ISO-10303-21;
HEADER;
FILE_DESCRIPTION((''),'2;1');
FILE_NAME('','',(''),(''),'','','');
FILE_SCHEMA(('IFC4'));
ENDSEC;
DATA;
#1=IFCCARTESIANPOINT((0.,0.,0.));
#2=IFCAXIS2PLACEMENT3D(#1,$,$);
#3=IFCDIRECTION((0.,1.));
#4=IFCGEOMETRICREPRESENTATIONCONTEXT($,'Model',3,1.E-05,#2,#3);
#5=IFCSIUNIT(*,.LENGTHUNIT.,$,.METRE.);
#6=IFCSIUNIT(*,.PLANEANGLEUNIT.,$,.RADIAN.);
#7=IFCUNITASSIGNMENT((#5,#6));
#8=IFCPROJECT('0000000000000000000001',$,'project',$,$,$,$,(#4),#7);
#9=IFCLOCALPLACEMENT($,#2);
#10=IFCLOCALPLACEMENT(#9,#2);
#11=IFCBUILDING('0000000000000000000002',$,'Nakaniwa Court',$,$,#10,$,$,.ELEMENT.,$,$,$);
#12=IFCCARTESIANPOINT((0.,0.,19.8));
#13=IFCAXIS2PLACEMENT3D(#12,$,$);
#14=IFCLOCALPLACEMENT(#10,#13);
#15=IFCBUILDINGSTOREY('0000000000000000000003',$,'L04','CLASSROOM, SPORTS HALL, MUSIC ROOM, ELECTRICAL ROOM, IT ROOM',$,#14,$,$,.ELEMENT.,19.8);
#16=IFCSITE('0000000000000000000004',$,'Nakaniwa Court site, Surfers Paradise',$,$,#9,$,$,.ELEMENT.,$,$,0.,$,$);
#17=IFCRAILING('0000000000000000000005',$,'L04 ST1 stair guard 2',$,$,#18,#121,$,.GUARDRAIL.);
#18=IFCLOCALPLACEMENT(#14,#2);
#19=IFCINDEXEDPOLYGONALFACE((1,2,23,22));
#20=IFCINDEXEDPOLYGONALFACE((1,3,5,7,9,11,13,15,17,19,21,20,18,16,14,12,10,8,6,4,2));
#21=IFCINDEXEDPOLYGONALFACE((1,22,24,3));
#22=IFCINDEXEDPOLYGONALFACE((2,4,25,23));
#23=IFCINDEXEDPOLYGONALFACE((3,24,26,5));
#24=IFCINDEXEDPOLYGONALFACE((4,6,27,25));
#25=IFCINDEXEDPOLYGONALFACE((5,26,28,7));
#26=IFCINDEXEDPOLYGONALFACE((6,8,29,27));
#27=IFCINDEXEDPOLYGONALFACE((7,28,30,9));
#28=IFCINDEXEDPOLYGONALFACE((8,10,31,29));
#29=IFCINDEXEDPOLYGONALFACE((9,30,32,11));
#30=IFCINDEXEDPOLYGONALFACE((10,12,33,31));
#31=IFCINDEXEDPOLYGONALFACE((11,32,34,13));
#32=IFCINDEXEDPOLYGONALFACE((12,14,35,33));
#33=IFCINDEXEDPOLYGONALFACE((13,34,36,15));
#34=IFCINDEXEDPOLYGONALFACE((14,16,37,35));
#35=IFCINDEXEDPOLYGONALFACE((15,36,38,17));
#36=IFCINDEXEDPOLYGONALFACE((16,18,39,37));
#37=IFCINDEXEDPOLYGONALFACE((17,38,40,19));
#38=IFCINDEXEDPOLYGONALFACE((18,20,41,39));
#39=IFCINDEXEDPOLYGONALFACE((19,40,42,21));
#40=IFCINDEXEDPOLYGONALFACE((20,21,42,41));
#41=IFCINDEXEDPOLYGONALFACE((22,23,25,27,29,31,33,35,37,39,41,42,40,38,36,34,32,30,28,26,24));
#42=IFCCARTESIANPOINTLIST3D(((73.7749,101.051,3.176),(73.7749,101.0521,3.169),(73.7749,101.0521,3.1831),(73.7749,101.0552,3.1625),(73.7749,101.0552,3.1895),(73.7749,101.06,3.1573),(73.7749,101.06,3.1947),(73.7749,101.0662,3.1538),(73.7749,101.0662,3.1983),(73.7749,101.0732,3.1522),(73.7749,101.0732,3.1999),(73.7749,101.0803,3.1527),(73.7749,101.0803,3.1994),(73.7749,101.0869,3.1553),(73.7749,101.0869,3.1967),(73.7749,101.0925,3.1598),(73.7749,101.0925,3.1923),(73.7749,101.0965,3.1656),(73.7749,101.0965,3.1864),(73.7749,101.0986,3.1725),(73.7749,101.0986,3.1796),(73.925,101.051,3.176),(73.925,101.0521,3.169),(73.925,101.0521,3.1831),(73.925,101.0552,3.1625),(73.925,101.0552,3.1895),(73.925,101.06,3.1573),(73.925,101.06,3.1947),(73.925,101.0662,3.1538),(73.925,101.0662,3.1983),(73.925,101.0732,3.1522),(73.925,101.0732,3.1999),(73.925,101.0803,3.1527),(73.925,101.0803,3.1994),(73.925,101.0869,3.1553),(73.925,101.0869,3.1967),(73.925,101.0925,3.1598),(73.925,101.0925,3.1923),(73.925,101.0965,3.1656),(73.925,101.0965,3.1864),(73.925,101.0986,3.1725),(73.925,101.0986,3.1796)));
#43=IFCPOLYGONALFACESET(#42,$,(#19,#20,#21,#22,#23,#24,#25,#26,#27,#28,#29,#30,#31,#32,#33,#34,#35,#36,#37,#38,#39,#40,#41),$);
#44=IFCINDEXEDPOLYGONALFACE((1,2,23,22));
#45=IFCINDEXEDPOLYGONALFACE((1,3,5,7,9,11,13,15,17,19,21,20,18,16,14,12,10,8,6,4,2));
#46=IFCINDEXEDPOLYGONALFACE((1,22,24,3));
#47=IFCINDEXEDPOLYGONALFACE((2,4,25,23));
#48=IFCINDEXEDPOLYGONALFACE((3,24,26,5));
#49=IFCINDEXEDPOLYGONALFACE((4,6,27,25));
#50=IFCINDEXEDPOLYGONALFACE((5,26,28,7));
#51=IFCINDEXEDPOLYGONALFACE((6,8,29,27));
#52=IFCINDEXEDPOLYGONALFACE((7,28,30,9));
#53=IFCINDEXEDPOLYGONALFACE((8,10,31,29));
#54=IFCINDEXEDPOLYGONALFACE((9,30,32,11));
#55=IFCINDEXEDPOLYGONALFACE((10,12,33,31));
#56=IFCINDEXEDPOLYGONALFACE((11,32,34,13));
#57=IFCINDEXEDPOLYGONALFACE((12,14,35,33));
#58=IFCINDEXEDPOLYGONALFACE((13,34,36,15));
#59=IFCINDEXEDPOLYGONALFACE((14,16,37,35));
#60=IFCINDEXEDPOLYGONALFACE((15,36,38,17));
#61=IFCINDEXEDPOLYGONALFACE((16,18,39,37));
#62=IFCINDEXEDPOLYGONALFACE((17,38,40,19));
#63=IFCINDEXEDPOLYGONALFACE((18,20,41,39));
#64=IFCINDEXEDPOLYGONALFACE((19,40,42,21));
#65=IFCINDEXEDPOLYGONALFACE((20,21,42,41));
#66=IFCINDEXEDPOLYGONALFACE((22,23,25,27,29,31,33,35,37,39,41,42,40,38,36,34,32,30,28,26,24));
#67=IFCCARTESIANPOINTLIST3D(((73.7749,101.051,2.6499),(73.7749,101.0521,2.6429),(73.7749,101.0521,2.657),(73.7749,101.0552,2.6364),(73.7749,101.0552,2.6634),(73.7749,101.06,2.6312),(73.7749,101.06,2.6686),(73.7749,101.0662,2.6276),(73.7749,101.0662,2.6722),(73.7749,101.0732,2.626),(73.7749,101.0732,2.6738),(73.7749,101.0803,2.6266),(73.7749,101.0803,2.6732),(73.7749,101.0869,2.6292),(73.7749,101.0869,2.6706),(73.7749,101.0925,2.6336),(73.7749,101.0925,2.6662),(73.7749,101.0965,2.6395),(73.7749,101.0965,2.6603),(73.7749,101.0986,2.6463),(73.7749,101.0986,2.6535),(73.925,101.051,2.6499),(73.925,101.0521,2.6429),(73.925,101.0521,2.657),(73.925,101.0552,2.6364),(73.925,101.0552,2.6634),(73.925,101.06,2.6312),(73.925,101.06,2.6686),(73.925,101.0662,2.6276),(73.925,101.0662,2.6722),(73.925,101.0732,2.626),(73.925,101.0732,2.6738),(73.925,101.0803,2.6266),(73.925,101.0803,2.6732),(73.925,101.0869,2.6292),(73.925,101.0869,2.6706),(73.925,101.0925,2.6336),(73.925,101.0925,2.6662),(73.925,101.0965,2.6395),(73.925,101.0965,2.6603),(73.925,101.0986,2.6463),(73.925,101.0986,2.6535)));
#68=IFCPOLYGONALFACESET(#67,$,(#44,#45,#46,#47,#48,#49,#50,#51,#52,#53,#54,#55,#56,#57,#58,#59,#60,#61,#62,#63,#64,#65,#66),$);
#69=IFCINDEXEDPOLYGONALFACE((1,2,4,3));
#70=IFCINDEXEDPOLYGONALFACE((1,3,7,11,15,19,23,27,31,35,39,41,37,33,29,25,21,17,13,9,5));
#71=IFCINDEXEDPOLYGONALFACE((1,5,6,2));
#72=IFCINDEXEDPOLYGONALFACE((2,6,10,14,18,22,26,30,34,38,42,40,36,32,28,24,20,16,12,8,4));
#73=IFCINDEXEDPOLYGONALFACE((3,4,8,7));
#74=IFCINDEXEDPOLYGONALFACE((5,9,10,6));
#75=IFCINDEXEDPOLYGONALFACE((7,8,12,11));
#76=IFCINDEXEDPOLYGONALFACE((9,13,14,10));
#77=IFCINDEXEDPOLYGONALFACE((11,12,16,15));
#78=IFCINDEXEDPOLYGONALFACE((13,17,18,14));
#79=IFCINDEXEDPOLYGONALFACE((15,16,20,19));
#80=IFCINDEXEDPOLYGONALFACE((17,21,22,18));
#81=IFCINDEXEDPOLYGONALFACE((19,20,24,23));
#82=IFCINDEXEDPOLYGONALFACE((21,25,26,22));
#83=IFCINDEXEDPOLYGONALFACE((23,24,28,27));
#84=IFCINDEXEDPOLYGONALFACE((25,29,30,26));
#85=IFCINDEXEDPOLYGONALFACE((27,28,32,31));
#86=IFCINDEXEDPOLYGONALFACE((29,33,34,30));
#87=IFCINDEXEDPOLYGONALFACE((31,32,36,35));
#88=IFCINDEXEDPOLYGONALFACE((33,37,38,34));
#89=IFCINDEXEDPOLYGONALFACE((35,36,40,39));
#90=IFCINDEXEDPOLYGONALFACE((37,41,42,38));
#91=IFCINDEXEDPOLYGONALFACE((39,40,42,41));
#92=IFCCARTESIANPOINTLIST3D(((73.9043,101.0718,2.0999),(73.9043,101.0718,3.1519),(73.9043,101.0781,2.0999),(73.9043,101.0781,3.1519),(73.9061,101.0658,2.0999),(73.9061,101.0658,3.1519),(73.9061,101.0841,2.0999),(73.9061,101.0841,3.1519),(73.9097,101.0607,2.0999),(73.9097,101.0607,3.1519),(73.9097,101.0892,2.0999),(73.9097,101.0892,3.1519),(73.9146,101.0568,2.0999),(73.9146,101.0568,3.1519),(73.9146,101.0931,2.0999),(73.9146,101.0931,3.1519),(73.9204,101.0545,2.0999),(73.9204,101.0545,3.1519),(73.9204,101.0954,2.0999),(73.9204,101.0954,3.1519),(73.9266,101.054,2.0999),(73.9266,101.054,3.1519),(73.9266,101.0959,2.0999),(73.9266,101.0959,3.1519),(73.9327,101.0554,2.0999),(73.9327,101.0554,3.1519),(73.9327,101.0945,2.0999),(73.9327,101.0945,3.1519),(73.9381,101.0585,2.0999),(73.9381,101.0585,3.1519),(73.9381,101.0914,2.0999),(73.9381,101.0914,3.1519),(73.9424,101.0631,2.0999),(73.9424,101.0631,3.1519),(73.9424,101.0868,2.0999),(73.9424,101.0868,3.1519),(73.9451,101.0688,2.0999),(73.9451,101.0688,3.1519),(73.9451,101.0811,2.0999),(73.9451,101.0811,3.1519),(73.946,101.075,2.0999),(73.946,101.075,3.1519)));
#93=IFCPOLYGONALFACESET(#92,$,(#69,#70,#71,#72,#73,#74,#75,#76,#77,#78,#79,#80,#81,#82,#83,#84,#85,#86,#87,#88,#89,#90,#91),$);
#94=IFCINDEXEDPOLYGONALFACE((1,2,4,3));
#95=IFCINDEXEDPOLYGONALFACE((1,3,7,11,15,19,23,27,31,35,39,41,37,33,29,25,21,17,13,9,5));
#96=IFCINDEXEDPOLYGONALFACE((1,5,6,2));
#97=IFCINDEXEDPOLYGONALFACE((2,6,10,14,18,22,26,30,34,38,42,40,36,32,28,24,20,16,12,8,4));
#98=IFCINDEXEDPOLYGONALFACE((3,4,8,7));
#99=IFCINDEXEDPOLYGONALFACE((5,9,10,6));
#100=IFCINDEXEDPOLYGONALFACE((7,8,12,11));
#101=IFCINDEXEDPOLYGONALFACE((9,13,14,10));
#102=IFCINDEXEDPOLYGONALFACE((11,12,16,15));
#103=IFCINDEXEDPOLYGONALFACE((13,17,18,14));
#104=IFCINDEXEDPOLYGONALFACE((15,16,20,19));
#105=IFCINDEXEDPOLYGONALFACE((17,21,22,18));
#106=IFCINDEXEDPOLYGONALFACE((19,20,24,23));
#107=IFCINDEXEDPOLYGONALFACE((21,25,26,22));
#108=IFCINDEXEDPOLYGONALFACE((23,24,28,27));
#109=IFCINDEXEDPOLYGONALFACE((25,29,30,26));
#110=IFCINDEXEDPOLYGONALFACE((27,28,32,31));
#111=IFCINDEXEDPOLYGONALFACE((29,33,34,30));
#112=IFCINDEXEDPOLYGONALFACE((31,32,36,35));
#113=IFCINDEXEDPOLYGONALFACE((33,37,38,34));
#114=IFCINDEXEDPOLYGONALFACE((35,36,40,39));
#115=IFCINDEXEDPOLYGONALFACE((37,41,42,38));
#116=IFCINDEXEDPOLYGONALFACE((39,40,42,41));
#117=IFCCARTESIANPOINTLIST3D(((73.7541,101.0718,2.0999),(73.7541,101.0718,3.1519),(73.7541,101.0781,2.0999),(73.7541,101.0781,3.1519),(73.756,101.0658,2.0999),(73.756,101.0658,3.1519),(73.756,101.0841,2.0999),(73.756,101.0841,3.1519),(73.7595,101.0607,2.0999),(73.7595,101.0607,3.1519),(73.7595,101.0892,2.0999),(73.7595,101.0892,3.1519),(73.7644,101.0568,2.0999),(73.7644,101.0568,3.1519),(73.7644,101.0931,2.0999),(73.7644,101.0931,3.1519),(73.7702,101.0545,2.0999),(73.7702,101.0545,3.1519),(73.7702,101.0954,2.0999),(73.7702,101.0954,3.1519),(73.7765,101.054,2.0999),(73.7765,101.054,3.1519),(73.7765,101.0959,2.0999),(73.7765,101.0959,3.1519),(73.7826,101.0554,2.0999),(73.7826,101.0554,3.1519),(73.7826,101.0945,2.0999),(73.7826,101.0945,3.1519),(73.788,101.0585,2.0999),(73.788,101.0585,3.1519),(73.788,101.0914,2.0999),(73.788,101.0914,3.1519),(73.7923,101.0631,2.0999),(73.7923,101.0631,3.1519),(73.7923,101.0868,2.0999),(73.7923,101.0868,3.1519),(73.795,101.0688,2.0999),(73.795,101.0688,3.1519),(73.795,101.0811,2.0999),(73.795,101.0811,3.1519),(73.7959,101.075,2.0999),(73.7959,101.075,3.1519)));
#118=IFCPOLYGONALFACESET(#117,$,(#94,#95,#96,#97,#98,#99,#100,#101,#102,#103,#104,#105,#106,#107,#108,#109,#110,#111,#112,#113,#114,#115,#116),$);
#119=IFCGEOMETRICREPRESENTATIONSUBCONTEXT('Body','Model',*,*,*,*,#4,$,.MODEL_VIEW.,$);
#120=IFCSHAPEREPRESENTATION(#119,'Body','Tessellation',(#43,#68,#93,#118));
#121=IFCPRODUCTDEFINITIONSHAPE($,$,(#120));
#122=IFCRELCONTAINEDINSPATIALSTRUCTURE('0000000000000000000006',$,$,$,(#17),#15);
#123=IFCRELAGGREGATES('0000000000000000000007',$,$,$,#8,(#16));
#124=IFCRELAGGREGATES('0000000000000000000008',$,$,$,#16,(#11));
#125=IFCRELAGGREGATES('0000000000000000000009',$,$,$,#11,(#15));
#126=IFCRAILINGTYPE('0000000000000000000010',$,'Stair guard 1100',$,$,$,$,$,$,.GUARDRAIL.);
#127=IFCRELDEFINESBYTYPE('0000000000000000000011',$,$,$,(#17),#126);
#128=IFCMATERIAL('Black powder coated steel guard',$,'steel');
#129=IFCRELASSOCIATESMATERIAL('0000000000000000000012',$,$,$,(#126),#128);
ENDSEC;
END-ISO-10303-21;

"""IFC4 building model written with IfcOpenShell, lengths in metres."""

from ifc_helpers import new_model, si_unit, direction, frame, origin, origin_2d, place, context, subcontext, project, spatial, circle, extrude, material, type_object, element, save


model = new_model("IFC4")

# Units and contexts
model_context = context("Model", 3, precision=1e-05, world=origin(), true_north=direction((0.0, 1.0)))
body_context = subcontext(model_context, "Body", "Model", "MODEL_VIEW")
ifc_project = project(units=[si_unit("LENGTHUNIT", "METRE"), si_unit("PLANEANGLEUNIT", "RADIAN")], contexts=[model_context])

# Site, building, storey
site_placement = place(None, origin())
site = spatial("IfcSite", under=ifc_project, at=site_placement, Name="Nakaniwa Court site, Surfers Paradise", CompositionType="ELEMENT", RefElevation=0.0)
building_placement = place(site_placement, origin())
building = spatial("IfcBuilding", under=site, at=building_placement, Name="Nakaniwa Court", CompositionType="ELEMENT")
storey_placement = place(building_placement, frame((0.0, 0.0, 19.8)))
storey = spatial("IfcBuildingStorey", under=building, at=storey_placement, Name="L04", Description="CLASSROOM, SPORTS HALL, MUSIC ROOM, ELECTRICAL ROOM, IT ROOM", CompositionType="ELEMENT", Elevation=19.8)

# Railing
ifc_material_1 = material(Name="Black powder coated steel guard", Category="steel")
railing_type = type_object("IfcRailingType", Name="Stair guard 1100", PredefinedType="GUARDRAIL", material=ifc_material_1)
railing_1_placement = place(storey_placement, frame((73.925, 101.075, 2.0999)))
element("IfcRailing", 1, at=railing_1_placement, inside=storey, type_object=railing_type, Name="L04 ST1 stair guard 2", PredefinedType="GUARDRAIL", context=body_context, shape_type="SweptSolid", body=[
    extrude(circle(Radius=0.0239, at=origin_2d()), frame((0.0, 0.0, 1.0762), z_axis=(-1.0, 0.0, 0.0), x_axis=(0.0, -1.0, 0.0)), (0.0, 0.0, 1.0), 0.1501),
    extrude(circle(Radius=0.0239, at=origin_2d()), frame((0.0, 0.0, 0.55), z_axis=(-1.0, 0.0, 0.0), x_axis=(0.0, -1.0, 0.0)), (0.0, 0.0, 1.0), 0.1501),
    extrude(circle(Radius=0.021, at=origin_2d()), origin(), (0.0, 0.0, 1.0), 1.052),
    extrude(circle(Radius=0.021, at=origin_2d()), frame((-0.1501, 0.0, 0.0)), (0.0, 0.0, 1.0), 1.052),
])

save(model, "model.ifc")
